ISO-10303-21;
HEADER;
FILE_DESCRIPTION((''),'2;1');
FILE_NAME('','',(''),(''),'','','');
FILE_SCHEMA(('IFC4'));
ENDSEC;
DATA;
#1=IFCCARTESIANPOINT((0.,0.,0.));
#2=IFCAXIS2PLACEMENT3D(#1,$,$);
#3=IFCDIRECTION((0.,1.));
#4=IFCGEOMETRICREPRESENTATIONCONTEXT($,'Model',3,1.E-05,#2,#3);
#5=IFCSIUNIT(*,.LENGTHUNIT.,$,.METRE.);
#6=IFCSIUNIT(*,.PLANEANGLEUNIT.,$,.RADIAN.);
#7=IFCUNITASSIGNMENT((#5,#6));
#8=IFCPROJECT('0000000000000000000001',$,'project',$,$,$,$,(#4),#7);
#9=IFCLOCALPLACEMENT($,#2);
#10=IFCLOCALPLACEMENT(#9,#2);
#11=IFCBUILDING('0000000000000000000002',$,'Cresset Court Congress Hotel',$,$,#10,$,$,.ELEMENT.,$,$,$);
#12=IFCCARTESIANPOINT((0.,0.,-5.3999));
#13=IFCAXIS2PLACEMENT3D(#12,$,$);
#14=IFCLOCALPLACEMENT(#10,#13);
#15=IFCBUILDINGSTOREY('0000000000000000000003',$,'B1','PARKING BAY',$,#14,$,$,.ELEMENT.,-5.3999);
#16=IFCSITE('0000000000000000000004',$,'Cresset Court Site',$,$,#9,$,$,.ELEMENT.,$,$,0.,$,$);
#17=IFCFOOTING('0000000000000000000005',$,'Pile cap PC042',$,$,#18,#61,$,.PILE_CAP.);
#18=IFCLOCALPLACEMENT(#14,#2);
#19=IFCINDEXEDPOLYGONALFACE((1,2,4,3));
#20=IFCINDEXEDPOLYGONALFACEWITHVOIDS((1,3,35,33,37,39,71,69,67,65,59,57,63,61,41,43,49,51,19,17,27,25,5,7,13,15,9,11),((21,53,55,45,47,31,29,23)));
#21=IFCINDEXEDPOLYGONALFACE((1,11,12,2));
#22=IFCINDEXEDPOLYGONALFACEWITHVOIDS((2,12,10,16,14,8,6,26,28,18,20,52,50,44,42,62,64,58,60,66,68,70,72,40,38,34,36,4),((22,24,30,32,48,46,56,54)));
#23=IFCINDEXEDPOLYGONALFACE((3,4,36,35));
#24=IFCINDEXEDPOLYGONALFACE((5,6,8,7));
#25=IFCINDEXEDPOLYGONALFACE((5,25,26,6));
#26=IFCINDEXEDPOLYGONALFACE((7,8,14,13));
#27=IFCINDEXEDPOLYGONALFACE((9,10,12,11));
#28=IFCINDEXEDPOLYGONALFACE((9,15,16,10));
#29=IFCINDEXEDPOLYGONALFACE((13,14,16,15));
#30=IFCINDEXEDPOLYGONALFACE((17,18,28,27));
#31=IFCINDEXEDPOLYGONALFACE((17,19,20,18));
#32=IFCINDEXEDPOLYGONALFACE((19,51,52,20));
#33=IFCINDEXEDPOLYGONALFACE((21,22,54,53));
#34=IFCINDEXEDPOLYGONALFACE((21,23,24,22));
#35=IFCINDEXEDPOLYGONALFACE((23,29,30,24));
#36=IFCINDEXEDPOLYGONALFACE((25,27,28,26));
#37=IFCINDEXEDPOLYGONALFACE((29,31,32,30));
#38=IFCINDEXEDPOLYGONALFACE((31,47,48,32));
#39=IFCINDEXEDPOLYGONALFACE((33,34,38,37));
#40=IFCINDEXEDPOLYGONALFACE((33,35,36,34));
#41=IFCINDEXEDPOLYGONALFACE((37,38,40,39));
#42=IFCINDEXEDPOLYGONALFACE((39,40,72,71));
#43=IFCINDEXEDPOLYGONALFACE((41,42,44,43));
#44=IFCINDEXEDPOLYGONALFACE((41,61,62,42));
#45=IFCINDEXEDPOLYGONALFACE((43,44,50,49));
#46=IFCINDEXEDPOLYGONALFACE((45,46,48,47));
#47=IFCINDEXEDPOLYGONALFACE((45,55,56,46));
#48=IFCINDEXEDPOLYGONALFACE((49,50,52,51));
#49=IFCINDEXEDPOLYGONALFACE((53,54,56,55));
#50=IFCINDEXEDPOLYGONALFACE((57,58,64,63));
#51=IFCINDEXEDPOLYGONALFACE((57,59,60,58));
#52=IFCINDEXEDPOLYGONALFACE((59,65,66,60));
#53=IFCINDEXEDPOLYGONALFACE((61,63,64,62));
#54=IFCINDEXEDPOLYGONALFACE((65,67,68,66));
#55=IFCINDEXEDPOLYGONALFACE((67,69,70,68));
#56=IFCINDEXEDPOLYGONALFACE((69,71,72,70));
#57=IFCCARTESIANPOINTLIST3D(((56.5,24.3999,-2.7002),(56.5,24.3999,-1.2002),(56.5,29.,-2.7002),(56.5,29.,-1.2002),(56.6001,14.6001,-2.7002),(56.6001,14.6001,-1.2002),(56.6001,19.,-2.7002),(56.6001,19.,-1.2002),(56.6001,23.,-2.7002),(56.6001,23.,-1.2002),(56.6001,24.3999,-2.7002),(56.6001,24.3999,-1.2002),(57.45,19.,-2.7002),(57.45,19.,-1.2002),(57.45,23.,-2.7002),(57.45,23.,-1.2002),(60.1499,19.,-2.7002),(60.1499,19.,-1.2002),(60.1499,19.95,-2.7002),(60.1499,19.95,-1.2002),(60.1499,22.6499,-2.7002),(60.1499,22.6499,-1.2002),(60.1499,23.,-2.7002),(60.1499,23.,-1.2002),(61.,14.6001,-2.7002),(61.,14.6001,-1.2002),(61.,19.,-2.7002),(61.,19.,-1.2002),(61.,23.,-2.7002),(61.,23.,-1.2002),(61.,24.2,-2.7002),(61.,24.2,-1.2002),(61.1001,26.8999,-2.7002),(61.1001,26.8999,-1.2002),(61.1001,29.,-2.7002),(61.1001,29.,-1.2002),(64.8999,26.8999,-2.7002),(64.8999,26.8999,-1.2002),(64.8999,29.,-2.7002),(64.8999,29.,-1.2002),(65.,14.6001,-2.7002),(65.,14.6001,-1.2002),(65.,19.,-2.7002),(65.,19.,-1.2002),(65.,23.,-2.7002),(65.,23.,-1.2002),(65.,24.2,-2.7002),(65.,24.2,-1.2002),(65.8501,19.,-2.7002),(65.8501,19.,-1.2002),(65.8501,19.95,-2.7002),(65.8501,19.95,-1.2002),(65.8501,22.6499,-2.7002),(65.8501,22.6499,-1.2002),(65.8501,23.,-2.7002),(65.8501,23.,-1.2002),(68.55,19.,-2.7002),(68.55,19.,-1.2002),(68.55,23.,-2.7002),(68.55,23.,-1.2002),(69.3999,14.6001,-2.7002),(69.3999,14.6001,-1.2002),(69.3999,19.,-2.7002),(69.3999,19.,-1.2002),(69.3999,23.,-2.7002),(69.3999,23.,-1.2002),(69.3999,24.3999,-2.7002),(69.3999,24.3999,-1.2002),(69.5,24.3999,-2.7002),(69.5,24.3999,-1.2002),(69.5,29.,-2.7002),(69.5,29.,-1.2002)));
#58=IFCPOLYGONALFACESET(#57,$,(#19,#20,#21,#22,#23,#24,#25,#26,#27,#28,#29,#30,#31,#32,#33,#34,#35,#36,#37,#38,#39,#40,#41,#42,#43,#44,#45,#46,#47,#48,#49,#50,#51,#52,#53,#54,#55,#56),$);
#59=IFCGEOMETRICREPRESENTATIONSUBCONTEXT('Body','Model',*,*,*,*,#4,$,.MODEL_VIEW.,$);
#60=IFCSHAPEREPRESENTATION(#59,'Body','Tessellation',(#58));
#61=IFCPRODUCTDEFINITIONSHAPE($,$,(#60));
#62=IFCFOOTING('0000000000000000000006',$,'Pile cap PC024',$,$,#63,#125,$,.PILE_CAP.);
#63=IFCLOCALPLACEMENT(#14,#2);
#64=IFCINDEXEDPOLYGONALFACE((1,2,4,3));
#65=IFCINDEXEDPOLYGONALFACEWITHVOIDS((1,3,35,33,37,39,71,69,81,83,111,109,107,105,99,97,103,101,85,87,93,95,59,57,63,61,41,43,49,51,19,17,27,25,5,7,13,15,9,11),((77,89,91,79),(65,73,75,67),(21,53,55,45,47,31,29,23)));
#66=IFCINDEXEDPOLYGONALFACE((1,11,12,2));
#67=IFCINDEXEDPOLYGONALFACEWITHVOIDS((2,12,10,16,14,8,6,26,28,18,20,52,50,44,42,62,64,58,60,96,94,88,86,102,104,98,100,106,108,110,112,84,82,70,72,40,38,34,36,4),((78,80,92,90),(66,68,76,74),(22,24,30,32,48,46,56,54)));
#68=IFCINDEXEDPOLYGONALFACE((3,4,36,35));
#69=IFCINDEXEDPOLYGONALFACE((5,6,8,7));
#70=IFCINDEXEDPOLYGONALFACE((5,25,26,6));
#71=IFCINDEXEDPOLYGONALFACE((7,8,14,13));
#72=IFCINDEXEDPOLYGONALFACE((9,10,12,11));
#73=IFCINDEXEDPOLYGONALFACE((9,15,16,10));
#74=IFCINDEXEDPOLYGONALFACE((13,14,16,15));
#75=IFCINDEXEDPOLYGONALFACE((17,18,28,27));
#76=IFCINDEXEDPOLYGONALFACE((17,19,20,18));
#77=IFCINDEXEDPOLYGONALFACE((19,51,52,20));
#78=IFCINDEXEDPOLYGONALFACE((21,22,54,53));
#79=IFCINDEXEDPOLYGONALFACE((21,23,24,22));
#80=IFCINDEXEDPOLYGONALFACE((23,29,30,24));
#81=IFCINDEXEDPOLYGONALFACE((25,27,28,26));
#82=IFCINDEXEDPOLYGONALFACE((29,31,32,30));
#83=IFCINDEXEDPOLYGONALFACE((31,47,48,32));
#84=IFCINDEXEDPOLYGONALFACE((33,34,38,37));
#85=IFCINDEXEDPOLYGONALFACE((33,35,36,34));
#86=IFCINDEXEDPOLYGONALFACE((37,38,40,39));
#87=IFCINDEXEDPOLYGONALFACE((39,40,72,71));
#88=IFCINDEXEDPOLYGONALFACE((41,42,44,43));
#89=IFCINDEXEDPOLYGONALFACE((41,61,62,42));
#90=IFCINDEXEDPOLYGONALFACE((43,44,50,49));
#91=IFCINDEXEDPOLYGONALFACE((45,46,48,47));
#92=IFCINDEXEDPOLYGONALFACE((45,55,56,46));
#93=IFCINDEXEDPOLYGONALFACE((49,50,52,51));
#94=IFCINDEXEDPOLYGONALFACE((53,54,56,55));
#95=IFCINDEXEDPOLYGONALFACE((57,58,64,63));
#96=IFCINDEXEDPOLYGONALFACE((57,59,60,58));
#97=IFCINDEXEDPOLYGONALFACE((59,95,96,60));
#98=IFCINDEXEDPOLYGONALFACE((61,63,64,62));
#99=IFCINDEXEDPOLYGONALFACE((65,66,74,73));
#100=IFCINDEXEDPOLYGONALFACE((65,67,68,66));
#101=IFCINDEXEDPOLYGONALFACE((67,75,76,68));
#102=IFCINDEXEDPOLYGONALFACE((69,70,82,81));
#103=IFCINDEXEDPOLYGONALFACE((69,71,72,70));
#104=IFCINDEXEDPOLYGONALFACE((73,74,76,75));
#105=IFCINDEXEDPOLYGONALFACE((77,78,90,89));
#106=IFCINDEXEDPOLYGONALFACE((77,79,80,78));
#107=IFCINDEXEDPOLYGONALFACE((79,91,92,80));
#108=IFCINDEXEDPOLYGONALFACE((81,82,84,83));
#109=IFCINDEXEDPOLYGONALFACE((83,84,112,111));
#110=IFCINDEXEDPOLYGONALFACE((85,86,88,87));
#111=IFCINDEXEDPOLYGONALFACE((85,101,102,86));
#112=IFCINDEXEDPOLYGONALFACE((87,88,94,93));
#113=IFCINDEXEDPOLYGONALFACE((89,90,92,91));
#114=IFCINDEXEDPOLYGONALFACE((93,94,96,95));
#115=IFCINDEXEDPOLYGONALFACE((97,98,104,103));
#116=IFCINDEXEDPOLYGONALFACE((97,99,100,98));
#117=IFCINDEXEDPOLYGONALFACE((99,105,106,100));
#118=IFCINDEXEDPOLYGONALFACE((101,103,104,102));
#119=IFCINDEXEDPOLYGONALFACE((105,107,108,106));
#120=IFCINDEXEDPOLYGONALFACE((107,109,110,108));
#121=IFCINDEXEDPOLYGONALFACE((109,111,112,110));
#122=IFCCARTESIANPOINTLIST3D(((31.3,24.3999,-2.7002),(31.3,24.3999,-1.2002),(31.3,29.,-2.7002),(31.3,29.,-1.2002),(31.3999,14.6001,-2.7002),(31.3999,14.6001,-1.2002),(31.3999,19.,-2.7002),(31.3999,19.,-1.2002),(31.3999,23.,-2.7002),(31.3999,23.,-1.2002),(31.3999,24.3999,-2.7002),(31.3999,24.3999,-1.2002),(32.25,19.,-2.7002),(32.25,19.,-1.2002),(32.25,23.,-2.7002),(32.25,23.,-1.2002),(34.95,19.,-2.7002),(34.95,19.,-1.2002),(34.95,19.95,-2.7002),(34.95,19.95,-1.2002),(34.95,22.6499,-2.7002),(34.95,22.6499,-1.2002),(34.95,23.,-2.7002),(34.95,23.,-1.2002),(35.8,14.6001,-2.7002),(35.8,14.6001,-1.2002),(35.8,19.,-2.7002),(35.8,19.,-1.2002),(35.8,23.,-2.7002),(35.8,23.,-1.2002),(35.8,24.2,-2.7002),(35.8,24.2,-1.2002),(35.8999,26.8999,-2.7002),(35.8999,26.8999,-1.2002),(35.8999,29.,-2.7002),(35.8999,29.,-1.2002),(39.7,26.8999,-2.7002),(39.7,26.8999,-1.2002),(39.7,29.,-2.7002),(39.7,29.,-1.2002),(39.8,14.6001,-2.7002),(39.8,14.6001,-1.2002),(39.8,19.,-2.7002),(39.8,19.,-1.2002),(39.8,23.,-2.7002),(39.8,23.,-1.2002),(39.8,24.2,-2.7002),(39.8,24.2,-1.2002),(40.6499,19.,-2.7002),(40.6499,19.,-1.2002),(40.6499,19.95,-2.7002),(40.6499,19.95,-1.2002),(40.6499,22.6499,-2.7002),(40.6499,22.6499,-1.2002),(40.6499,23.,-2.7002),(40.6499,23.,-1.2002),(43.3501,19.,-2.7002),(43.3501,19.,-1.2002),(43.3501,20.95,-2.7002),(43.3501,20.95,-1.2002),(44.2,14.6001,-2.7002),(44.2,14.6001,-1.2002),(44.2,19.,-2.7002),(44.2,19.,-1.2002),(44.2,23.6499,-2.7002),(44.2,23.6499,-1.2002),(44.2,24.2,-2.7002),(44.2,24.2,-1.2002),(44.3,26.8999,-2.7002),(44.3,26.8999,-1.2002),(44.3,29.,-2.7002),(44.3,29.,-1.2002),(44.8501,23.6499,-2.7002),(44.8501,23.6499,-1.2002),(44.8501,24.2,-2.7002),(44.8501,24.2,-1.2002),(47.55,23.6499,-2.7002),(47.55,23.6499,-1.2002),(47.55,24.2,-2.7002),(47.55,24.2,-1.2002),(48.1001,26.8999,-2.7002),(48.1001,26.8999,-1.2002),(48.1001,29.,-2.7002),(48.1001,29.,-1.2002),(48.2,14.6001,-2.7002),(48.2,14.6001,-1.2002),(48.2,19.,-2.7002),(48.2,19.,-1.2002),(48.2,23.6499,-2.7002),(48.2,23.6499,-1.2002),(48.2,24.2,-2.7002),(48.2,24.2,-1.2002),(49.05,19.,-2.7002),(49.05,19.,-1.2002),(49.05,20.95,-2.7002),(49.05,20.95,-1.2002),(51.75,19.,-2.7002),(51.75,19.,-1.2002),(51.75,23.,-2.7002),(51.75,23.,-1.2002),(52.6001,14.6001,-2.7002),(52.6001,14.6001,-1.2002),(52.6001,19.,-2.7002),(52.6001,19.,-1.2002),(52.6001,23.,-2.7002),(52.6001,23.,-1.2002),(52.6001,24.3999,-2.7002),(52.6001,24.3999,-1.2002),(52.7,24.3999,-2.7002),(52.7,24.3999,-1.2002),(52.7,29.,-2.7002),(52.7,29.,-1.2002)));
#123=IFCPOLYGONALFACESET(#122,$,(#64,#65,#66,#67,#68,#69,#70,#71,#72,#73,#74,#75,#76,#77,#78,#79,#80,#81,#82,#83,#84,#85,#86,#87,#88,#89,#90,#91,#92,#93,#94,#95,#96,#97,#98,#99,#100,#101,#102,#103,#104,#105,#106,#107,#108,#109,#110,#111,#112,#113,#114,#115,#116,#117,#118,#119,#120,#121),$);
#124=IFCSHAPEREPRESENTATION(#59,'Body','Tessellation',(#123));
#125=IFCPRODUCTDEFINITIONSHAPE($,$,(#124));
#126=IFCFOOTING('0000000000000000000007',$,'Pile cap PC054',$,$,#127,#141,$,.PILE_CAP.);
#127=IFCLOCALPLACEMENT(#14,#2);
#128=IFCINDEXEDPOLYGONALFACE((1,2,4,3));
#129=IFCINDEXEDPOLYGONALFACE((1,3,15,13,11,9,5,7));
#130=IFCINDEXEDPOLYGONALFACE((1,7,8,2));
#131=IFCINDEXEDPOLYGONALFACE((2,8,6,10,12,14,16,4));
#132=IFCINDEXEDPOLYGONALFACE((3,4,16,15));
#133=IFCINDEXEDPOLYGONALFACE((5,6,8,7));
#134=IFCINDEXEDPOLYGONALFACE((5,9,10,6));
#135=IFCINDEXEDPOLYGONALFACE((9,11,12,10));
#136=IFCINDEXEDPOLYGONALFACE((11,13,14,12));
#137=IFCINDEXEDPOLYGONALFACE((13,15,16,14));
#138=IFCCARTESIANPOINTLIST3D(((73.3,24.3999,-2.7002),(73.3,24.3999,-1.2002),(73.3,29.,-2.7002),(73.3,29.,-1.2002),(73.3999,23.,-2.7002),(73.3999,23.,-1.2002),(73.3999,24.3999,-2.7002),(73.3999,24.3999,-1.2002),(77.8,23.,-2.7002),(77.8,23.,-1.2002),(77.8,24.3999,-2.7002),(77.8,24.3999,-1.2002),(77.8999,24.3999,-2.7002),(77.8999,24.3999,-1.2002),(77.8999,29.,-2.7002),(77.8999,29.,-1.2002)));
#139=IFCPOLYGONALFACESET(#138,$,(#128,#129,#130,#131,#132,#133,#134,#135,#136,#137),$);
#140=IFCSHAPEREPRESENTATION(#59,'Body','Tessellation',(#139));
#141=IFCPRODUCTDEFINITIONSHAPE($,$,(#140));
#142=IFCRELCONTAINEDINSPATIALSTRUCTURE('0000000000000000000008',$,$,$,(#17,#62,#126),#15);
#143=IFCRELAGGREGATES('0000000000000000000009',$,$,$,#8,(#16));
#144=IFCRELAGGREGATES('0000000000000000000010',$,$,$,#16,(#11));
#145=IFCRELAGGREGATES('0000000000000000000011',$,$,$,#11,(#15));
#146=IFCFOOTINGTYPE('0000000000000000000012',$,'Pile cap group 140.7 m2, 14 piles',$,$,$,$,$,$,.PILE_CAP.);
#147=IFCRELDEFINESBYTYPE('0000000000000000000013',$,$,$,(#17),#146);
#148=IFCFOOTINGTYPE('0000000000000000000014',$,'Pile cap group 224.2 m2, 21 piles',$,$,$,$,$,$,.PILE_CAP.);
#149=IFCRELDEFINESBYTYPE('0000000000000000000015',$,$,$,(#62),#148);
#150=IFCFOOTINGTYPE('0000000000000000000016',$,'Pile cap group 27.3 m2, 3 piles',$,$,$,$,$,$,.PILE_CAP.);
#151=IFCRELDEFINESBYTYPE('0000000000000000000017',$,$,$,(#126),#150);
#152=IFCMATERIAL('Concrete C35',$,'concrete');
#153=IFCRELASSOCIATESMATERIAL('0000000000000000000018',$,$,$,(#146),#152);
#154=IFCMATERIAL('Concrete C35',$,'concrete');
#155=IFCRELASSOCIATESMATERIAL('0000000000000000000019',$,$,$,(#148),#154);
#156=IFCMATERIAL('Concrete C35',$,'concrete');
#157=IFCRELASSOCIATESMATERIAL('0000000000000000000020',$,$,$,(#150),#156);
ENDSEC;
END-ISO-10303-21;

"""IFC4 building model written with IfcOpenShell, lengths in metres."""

from ifc_helpers import new_model, si_unit, direction, frame, origin, place, context, subcontext, project, spatial, polyline, outline, extrude, material, type_object, element, save


model = new_model("IFC4")

# Units and contexts
model_context = context("Model", 3, precision=1e-05, world=origin(), true_north=direction((0.0, 1.0)))
body_context = subcontext(model_context, "Body", "Model", "MODEL_VIEW")
ifc_project = project(units=[si_unit("LENGTHUNIT", "METRE"), si_unit("PLANEANGLEUNIT", "RADIAN")], contexts=[model_context])

# Site, building, storey
site_placement = place(None, origin())
site = spatial("IfcSite", under=ifc_project, at=site_placement, Name="Cresset Court Site", CompositionType="ELEMENT", RefElevation=0.0)
building_placement = place(site_placement, origin())
building = spatial("IfcBuilding", under=site, at=building_placement, Name="Cresset Court Congress Hotel", CompositionType="ELEMENT")
storey_placement = place(building_placement, frame((0.0, 0.0, -5.3999)))
storey = spatial("IfcBuildingStorey", under=building, at=storey_placement, Name="B1", Description="PARKING BAY", CompositionType="ELEMENT", Elevation=-5.3999)

# Footings
ifc_material_1 = material(Name="Concrete C35", Category="concrete")
footing_type_1 = type_object("IfcFootingType", Name="Pile cap group 140.7 m2, 14 piles", PredefinedType="PILE_CAP", material=ifc_material_1)
footing_1_placement = place(storey_placement, frame((0.0, 0.0, -2.7002)))
element("IfcFooting", 1, at=footing_1_placement, inside=storey, type_object=footing_type_1, Name="Pile cap PC042", PredefinedType="PILE_CAP", context=body_context, shape_type="SweptSolid", body=[
    extrude(outline(polyline([(56.5, 24.3999), (56.5, 29.0), (61.1001, 29.0), (61.1001, 26.8999), (64.8999, 26.8999), (64.8999, 29.0), (69.5, 29.0), (69.5, 24.3999), (69.3999, 24.3999), (69.3999, 23.0), (68.55, 23.0), (68.55, 19.0), (69.3999, 19.0), (69.3999, 14.6001), (65.0, 14.6001), (65.0, 19.0), (65.8501, 19.0), (65.8501, 19.95), (60.1499, 19.95), (60.1499, 19.0), (61.0, 19.0), (61.0, 14.6001), (56.6001, 14.6001), (56.6001, 19.0), (57.45, 19.0), (57.45, 23.0), (56.6001, 23.0), (56.6001, 24.3999), (56.5, 24.3999)]), holes=[polyline([(65.8501, 22.6499), (65.8501, 23.0), (65.0, 23.0), (65.0, 24.2), (61.0, 24.2), (61.0, 23.0), (60.1499, 23.0), (60.1499, 22.6499), (65.8501, 22.6499)])]), origin(), (0.0, 0.0, 1.0), 1.5),
])
ifc_material_2 = material(Name="Concrete C35", Category="concrete")
footing_type_2 = type_object("IfcFootingType", Name="Pile cap group 224.2 m2, 21 piles", PredefinedType="PILE_CAP", material=ifc_material_2)
footing_2_placement = place(storey_placement, frame((0.0, 0.0, -2.7002)))
element("IfcFooting", 2, at=footing_2_placement, inside=storey, type_object=footing_type_2, Name="Pile cap PC024", PredefinedType="PILE_CAP", context=body_context, shape_type="SweptSolid", body=[
    extrude(outline(polyline([(31.3, 24.3999), (31.3, 29.0), (35.8999, 29.0), (35.8999, 26.8999), (39.7, 26.8999), (39.7, 29.0), (44.3, 29.0), (44.3, 26.8999), (48.1001, 26.8999), (48.1001, 29.0), (52.7, 29.0), (52.7, 24.3999), (52.6001, 24.3999), (52.6001, 23.0), (51.75, 23.0), (51.75, 19.0), (52.6001, 19.0), (52.6001, 14.6001), (48.2, 14.6001), (48.2, 19.0), (49.05, 19.0), (49.05, 20.95), (43.3501, 20.95), (43.3501, 19.0), (44.2, 19.0), (44.2, 14.6001), (39.8, 14.6001), (39.8, 19.0), (40.6499, 19.0), (40.6499, 19.95), (34.95, 19.95), (34.95, 19.0), (35.8, 19.0), (35.8, 14.6001), (31.3999, 14.6001), (31.3999, 19.0), (32.25, 19.0), (32.25, 23.0), (31.3999, 23.0), (31.3999, 24.3999), (31.3, 24.3999)]), holes=[polyline([(48.2, 23.6499), (48.2, 24.2), (47.55, 24.2), (47.55, 23.6499), (48.2, 23.6499)]), polyline([(44.8501, 24.2), (44.2, 24.2), (44.2, 23.6499), (44.8501, 23.6499), (44.8501, 24.2)]), polyline([(35.8, 23.0), (34.95, 23.0), (34.95, 22.6499), (40.6499, 22.6499), (40.6499, 23.0), (39.8, 23.0), (39.8, 24.2), (35.8, 24.2), (35.8, 23.0)])]), origin(), (0.0, 0.0, 1.0), 1.5),
])
ifc_material_3 = material(Name="Concrete C35", Category="concrete")
footing_type_3 = type_object("IfcFootingType", Name="Pile cap group 27.3 m2, 3 piles", PredefinedType="PILE_CAP", material=ifc_material_3)
footing_3_placement = place(storey_placement, frame((0.0, 0.0, -2.7002)))
element("IfcFooting", 3, at=footing_3_placement, inside=storey, type_object=footing_type_3, Name="Pile cap PC054", PredefinedType="PILE_CAP", context=body_context, shape_type="SweptSolid", body=[
    extrude(outline(polyline([(77.8, 23.0), (73.3999, 23.0), (73.3999, 24.3999), (73.3, 24.3999), (73.3, 29.0), (77.8999, 29.0), (77.8999, 24.3999), (77.8, 24.3999), (77.8, 23.0)])), origin(), (0.0, 0.0, 1.0), 1.5),
])

save(model, "model.ifc")
